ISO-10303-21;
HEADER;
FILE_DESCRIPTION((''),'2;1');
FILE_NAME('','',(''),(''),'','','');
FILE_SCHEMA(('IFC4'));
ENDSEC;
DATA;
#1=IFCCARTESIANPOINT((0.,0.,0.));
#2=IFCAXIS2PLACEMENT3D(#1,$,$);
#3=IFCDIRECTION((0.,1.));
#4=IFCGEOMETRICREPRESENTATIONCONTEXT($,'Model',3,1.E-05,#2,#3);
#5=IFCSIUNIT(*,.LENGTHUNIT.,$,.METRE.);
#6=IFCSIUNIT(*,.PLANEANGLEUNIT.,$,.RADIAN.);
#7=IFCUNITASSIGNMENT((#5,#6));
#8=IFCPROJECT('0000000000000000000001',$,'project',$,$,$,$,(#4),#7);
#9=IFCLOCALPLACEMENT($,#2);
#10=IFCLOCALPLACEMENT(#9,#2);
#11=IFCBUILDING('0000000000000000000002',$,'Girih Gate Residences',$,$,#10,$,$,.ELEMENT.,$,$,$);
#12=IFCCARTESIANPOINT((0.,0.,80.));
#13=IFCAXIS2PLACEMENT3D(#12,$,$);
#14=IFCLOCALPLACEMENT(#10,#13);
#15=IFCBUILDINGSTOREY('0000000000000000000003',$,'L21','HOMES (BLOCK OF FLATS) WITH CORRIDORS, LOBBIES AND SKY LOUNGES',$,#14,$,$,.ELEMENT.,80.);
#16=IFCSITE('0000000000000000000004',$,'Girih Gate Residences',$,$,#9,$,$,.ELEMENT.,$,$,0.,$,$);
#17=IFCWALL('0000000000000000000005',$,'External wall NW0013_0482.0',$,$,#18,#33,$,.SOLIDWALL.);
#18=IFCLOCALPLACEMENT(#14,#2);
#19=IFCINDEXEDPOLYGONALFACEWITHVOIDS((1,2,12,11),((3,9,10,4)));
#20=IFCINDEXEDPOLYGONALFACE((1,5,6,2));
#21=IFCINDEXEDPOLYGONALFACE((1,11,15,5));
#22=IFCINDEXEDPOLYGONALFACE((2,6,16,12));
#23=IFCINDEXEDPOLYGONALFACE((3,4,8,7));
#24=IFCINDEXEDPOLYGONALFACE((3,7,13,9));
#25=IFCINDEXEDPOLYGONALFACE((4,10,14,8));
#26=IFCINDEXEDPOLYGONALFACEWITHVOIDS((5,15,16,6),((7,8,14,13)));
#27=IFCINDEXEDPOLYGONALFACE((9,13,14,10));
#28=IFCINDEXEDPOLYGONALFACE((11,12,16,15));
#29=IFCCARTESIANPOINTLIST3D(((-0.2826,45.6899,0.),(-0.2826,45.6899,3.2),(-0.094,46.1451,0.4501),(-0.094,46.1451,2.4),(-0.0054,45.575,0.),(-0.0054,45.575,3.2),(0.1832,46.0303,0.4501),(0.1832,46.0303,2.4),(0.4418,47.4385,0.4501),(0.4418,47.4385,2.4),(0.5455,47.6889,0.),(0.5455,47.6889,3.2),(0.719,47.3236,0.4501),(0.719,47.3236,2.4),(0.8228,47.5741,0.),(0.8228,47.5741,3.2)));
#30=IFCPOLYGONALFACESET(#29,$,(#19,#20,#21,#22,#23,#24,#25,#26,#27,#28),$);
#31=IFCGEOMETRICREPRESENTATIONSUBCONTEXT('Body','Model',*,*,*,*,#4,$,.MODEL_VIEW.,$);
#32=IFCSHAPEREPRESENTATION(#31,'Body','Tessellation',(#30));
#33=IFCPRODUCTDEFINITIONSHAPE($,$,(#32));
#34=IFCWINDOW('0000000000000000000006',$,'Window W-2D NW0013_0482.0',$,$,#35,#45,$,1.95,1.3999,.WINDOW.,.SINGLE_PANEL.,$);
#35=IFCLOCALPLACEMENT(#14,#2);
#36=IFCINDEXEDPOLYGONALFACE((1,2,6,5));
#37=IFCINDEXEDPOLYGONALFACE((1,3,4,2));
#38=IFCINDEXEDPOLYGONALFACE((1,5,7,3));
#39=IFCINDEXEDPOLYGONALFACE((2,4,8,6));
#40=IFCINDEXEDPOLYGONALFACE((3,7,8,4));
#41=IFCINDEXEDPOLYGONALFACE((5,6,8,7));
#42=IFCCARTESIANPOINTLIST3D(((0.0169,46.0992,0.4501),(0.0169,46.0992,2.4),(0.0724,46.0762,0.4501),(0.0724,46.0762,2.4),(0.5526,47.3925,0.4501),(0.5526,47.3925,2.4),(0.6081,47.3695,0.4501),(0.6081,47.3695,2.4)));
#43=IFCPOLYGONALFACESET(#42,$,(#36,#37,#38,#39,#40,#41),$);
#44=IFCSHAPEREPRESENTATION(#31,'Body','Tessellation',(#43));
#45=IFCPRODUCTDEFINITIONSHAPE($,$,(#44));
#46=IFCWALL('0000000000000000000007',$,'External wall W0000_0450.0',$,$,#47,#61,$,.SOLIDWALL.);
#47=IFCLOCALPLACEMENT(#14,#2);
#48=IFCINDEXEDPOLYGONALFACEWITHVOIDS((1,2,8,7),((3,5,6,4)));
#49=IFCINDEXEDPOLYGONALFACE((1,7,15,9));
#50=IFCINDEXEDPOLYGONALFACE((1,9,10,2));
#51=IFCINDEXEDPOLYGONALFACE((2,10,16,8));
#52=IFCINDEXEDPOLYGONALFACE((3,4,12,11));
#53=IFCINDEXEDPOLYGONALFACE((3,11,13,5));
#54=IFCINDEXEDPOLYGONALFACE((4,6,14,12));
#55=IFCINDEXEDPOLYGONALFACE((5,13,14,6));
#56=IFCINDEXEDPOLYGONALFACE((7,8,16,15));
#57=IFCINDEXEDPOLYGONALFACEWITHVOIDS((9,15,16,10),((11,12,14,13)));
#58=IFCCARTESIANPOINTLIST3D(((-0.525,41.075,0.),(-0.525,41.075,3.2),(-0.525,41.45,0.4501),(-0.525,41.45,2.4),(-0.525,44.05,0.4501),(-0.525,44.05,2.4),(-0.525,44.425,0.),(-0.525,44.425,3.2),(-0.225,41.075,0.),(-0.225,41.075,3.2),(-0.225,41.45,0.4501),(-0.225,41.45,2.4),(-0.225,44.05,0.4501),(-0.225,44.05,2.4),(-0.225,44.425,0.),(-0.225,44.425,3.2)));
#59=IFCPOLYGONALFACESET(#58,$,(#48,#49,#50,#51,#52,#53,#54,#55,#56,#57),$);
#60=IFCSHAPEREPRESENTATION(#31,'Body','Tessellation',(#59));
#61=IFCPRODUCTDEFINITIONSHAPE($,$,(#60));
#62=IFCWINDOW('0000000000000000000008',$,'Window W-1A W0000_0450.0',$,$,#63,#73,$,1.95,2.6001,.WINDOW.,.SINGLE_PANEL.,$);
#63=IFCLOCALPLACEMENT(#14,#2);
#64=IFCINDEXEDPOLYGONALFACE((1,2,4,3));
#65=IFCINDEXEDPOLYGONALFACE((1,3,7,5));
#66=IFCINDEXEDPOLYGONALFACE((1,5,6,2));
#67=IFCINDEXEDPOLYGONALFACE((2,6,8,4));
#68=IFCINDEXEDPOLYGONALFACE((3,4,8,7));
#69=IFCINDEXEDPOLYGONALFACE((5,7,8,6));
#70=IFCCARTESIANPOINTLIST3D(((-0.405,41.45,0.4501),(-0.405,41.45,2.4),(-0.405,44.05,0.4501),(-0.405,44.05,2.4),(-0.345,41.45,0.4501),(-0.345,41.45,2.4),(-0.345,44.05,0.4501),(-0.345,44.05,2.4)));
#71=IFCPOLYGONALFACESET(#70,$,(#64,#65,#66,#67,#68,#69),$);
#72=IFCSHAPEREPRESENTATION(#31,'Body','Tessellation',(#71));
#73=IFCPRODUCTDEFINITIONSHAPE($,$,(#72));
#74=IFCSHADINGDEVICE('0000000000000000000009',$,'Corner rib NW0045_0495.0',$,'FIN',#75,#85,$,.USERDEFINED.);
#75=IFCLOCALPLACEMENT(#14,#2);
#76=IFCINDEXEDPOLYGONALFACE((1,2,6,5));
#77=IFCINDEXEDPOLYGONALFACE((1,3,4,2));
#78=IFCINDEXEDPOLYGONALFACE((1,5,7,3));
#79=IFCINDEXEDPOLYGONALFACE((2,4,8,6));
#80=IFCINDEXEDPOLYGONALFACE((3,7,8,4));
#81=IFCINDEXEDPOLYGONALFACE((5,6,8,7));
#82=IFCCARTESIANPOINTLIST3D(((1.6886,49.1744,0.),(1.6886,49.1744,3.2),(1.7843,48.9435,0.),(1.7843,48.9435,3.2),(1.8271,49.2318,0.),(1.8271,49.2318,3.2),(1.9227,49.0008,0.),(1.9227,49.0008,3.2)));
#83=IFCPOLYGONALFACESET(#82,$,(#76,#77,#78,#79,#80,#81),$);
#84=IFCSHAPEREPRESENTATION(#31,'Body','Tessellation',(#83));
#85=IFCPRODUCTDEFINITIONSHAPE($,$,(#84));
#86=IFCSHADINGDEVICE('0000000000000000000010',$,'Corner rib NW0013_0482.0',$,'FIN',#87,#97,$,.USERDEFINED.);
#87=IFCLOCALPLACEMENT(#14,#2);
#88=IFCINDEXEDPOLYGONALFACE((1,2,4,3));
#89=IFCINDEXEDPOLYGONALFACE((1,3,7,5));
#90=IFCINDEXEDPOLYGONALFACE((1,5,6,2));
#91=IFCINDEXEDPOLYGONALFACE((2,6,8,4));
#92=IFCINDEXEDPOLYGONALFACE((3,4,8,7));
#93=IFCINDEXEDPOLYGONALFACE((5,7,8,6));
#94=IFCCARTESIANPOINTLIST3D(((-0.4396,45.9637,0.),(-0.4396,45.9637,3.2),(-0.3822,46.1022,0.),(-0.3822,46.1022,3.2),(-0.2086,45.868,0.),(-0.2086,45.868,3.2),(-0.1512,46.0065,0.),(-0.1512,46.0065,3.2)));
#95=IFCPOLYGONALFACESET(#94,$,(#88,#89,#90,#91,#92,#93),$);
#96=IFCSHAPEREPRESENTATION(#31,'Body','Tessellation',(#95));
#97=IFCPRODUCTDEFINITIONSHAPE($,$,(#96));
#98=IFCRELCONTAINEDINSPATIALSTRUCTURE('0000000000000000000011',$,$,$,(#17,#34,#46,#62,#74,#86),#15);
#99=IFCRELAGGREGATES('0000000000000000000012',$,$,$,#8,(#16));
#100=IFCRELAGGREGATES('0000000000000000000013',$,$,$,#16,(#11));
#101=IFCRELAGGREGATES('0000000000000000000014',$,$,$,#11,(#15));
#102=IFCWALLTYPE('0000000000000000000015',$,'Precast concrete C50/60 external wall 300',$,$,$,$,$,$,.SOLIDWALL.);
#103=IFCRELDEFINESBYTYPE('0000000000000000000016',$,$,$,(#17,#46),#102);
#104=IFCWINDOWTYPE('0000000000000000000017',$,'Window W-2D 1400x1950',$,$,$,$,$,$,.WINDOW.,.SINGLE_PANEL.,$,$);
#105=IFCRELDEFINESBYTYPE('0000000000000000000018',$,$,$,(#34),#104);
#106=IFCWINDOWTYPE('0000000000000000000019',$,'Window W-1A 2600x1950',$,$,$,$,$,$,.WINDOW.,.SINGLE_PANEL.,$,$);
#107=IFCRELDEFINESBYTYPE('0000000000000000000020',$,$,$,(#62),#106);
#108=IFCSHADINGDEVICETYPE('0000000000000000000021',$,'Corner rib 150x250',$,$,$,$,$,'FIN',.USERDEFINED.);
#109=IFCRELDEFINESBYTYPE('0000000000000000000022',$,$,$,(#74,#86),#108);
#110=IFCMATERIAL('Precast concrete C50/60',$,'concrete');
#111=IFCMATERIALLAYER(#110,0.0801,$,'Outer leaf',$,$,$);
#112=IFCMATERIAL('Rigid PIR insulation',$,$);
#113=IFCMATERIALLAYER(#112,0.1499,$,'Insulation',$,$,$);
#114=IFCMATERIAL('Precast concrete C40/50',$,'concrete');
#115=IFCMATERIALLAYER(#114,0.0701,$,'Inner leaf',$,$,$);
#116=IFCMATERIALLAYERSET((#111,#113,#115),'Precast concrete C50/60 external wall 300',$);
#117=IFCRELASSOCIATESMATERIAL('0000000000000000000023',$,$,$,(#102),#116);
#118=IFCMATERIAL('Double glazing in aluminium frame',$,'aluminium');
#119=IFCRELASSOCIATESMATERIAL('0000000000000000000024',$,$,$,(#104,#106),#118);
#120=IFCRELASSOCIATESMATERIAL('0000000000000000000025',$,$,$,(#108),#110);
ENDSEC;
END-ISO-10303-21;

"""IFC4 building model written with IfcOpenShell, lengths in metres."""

from ifc_helpers import new_model, si_unit, direction, frame, frame_2d, origin, origin_2d, place, context, subcontext, project, spatial, rectangle, extrude, material, layer, layer_set, type_object, element, fill, save


model = new_model("IFC4")

# Units and contexts
model_context = context("Model", 3, precision=1e-05, world=origin(), true_north=direction((0.0, 1.0)))
body_context = subcontext(model_context, "Body", "Model", "MODEL_VIEW")
ifc_project = project(units=[si_unit("LENGTHUNIT", "METRE"), si_unit("PLANEANGLEUNIT", "RADIAN")], contexts=[model_context])

# Site, building, storey
site_placement = place(None, origin())
site = spatial("IfcSite", under=ifc_project, at=site_placement, Name="Girih Gate Residences", CompositionType="ELEMENT", RefElevation=0.0)
building_placement = place(site_placement, origin())
building = spatial("IfcBuilding", under=site, at=building_placement, Name="Girih Gate Residences", CompositionType="ELEMENT")
storey_placement = place(building_placement, frame((0.0, 0.0, 80.0)))
storey = spatial("IfcBuildingStorey", under=building, at=storey_placement, Name="L21", Description="HOMES (BLOCK OF FLATS) WITH CORRIDORS, LOBBIES AND SKY LOUNGES", CompositionType="ELEMENT", Elevation=80.0)

# Walls, openings, windows
ifc_material_1 = material(Name="Precast concrete C50/60", Category="concrete")
ifc_layer_1 = layer(ifc_material_1, 0.0801, Name="Outer leaf")
ifc_material_2 = material(Name="Rigid PIR insulation")
ifc_layer_2 = layer(ifc_material_2, 0.1499, Name="Insulation")
ifc_material_3 = material(Name="Precast concrete C40/50", Category="concrete")
ifc_layer_3 = layer(ifc_material_3, 0.0701, Name="Inner leaf")
ifc_layer_set_1 = layer_set([ifc_layer_1, ifc_layer_2, ifc_layer_3], Name="Precast concrete C50/60 external wall 300")
wall_type_1 = type_object("IfcWallType", Name="Precast concrete C50/60 external wall 300", PredefinedType="SOLIDWALL", material=ifc_layer_set_1)
ifc_material_4 = material(Name="Double glazing in aluminium frame", Category="aluminium")
window_type_1 = type_object("IfcWindowType", Name="Window W-2D 1400x1950", PartitioningType="SINGLE_PANEL", PredefinedType="WINDOW", material=ifc_material_4)
wall_1_placement = place(storey_placement, frame((-0.144, 45.6323, 0.0), z_axis=(0.0, 0.0, 1.0), x_axis=(0.382724, 0.923863, 0.0)))
wall_1 = element("IfcWall", 1, at=wall_1_placement, inside=storey, type_object=wall_type_1, Name="External wall NW0013_0482.0", PredefinedType="SOLIDWALL", context=body_context, shape_type="SweptSolid", body=[
    extrude(rectangle(XDim=2.1638, YDim=0.3, at=frame_2d((1.082, 0.0))), origin(), (0.0, 0.0, 1.0), 3.2),
])
opening_1_placement = place(wall_1_placement, frame((0.4929, 0.0, 0.45)))
opening_1 = element("IfcOpeningElement", 2, at=opening_1_placement, cuts=wall_1, PredefinedType="OPENING", context=body_context, shape_type="SweptSolid", body=[
    extrude(rectangle(XDim=1.3999, YDim=1.95, at=frame_2d((0.7, 0.9751))), frame((0.0, 0.1599, 0.0), z_axis=(0.0, -1.0, 0.0), x_axis=(1.0, 0.0, 0.0)), (0.0, 0.0, 1.0), 0.3201),
])
window_1_placement = place(opening_1_placement, origin())
window_1 = element("IfcWindow", 3, at=window_1_placement, inside=storey, type_object=window_type_1, Name="Window W-2D NW0013_0482.0", OverallHeight=1.95, OverallWidth=1.3999, PartitioningType="SINGLE_PANEL", PredefinedType="WINDOW", context=body_context, shape_type="SweptSolid", body=[
    extrude(rectangle(XDim=1.3999, YDim=1.95, at=frame_2d((0.7, 0.9751))), frame((0.0, 0.03, 0.0), z_axis=(0.0, -1.0, 0.0), x_axis=(1.0, 0.0, 0.0)), (0.0, 0.0, 1.0), 0.0601),
])
fill(opening_1, window_1)
wall_2_placement = place(storey_placement, frame((-0.375, 41.075, 0.0), z_axis=(0.0, 0.0, 1.0), x_axis=(0.0, 1.0, 0.0)))
wall_2 = element("IfcWall", 4, at=wall_2_placement, inside=storey, type_object=wall_type_1, Name="External wall W0000_0450.0", PredefinedType="SOLIDWALL", context=body_context, shape_type="SweptSolid", body=[
    extrude(rectangle(XDim=3.3501, YDim=0.3, at=frame_2d((1.675, 0.0))), origin(), (0.0, 0.0, 1.0), 3.2),
])
opening_2_placement = place(wall_2_placement, frame((0.375, 0.0, 0.45)))
opening_2 = element("IfcOpeningElement", 5, at=opening_2_placement, cuts=wall_2, PredefinedType="OPENING", context=body_context, shape_type="SweptSolid", body=[
    extrude(rectangle(XDim=2.6001, YDim=1.95, at=frame_2d((1.3, 0.9751))), frame((0.0, 0.1599, 0.0), z_axis=(0.0, -1.0, 0.0), x_axis=(1.0, 0.0, 0.0)), (0.0, 0.0, 1.0), 0.3201),
])
window_type_2 = type_object("IfcWindowType", Name="Window W-1A 2600x1950", PartitioningType="SINGLE_PANEL", PredefinedType="WINDOW", material=ifc_material_4)
window_2_placement = place(opening_2_placement, origin())
window_2 = element("IfcWindow", 6, at=window_2_placement, inside=storey, type_object=window_type_2, Name="Window W-1A W0000_0450.0", OverallHeight=1.95, OverallWidth=2.6001, PartitioningType="SINGLE_PANEL", PredefinedType="WINDOW", context=body_context, shape_type="SweptSolid", body=[
    extrude(rectangle(XDim=2.6001, YDim=1.95, at=frame_2d((1.3, 0.9751))), frame((0.0, 0.03, 0.0), z_axis=(0.0, -1.0, 0.0), x_axis=(1.0, 0.0, 0.0)), (0.0, 0.0, 1.0), 0.0601),
])
fill(opening_2, window_2)

# Shading devices
shading_device_type = type_object("IfcShadingDeviceType", Name="Corner rib 150x250", ElementType="FIN", PredefinedType="USERDEFINED", material=ifc_material_1)
for number, where, z_axis, x_axis, name in (
    (7, (1.8057, 49.0876, 0.0), (0.0, 0.0, 1.0), (-0.92388, -0.382683, 0.0), "Corner rib NW0045_0495.0"),
    (8, (-0.2954, 45.9851, 0.0), (0.0, 0.0, 1.0), (-0.382683, -0.92388, 0.0), "Corner rib NW0013_0482.0"),
):
    element("IfcShadingDevice", number, at=place(storey_placement, frame(where, z_axis=z_axis, x_axis=x_axis)), inside=storey, type_object=shading_device_type, Name=name, ObjectType="FIN", PredefinedType="USERDEFINED", context=body_context, shape_type="SweptSolid", body=[
        extrude(rectangle(XDim=0.1499, YDim=0.25, at=origin_2d()), origin(), (0.0, 0.0, 1.0), 3.2),
    ])

save(model, "model.ifc")
